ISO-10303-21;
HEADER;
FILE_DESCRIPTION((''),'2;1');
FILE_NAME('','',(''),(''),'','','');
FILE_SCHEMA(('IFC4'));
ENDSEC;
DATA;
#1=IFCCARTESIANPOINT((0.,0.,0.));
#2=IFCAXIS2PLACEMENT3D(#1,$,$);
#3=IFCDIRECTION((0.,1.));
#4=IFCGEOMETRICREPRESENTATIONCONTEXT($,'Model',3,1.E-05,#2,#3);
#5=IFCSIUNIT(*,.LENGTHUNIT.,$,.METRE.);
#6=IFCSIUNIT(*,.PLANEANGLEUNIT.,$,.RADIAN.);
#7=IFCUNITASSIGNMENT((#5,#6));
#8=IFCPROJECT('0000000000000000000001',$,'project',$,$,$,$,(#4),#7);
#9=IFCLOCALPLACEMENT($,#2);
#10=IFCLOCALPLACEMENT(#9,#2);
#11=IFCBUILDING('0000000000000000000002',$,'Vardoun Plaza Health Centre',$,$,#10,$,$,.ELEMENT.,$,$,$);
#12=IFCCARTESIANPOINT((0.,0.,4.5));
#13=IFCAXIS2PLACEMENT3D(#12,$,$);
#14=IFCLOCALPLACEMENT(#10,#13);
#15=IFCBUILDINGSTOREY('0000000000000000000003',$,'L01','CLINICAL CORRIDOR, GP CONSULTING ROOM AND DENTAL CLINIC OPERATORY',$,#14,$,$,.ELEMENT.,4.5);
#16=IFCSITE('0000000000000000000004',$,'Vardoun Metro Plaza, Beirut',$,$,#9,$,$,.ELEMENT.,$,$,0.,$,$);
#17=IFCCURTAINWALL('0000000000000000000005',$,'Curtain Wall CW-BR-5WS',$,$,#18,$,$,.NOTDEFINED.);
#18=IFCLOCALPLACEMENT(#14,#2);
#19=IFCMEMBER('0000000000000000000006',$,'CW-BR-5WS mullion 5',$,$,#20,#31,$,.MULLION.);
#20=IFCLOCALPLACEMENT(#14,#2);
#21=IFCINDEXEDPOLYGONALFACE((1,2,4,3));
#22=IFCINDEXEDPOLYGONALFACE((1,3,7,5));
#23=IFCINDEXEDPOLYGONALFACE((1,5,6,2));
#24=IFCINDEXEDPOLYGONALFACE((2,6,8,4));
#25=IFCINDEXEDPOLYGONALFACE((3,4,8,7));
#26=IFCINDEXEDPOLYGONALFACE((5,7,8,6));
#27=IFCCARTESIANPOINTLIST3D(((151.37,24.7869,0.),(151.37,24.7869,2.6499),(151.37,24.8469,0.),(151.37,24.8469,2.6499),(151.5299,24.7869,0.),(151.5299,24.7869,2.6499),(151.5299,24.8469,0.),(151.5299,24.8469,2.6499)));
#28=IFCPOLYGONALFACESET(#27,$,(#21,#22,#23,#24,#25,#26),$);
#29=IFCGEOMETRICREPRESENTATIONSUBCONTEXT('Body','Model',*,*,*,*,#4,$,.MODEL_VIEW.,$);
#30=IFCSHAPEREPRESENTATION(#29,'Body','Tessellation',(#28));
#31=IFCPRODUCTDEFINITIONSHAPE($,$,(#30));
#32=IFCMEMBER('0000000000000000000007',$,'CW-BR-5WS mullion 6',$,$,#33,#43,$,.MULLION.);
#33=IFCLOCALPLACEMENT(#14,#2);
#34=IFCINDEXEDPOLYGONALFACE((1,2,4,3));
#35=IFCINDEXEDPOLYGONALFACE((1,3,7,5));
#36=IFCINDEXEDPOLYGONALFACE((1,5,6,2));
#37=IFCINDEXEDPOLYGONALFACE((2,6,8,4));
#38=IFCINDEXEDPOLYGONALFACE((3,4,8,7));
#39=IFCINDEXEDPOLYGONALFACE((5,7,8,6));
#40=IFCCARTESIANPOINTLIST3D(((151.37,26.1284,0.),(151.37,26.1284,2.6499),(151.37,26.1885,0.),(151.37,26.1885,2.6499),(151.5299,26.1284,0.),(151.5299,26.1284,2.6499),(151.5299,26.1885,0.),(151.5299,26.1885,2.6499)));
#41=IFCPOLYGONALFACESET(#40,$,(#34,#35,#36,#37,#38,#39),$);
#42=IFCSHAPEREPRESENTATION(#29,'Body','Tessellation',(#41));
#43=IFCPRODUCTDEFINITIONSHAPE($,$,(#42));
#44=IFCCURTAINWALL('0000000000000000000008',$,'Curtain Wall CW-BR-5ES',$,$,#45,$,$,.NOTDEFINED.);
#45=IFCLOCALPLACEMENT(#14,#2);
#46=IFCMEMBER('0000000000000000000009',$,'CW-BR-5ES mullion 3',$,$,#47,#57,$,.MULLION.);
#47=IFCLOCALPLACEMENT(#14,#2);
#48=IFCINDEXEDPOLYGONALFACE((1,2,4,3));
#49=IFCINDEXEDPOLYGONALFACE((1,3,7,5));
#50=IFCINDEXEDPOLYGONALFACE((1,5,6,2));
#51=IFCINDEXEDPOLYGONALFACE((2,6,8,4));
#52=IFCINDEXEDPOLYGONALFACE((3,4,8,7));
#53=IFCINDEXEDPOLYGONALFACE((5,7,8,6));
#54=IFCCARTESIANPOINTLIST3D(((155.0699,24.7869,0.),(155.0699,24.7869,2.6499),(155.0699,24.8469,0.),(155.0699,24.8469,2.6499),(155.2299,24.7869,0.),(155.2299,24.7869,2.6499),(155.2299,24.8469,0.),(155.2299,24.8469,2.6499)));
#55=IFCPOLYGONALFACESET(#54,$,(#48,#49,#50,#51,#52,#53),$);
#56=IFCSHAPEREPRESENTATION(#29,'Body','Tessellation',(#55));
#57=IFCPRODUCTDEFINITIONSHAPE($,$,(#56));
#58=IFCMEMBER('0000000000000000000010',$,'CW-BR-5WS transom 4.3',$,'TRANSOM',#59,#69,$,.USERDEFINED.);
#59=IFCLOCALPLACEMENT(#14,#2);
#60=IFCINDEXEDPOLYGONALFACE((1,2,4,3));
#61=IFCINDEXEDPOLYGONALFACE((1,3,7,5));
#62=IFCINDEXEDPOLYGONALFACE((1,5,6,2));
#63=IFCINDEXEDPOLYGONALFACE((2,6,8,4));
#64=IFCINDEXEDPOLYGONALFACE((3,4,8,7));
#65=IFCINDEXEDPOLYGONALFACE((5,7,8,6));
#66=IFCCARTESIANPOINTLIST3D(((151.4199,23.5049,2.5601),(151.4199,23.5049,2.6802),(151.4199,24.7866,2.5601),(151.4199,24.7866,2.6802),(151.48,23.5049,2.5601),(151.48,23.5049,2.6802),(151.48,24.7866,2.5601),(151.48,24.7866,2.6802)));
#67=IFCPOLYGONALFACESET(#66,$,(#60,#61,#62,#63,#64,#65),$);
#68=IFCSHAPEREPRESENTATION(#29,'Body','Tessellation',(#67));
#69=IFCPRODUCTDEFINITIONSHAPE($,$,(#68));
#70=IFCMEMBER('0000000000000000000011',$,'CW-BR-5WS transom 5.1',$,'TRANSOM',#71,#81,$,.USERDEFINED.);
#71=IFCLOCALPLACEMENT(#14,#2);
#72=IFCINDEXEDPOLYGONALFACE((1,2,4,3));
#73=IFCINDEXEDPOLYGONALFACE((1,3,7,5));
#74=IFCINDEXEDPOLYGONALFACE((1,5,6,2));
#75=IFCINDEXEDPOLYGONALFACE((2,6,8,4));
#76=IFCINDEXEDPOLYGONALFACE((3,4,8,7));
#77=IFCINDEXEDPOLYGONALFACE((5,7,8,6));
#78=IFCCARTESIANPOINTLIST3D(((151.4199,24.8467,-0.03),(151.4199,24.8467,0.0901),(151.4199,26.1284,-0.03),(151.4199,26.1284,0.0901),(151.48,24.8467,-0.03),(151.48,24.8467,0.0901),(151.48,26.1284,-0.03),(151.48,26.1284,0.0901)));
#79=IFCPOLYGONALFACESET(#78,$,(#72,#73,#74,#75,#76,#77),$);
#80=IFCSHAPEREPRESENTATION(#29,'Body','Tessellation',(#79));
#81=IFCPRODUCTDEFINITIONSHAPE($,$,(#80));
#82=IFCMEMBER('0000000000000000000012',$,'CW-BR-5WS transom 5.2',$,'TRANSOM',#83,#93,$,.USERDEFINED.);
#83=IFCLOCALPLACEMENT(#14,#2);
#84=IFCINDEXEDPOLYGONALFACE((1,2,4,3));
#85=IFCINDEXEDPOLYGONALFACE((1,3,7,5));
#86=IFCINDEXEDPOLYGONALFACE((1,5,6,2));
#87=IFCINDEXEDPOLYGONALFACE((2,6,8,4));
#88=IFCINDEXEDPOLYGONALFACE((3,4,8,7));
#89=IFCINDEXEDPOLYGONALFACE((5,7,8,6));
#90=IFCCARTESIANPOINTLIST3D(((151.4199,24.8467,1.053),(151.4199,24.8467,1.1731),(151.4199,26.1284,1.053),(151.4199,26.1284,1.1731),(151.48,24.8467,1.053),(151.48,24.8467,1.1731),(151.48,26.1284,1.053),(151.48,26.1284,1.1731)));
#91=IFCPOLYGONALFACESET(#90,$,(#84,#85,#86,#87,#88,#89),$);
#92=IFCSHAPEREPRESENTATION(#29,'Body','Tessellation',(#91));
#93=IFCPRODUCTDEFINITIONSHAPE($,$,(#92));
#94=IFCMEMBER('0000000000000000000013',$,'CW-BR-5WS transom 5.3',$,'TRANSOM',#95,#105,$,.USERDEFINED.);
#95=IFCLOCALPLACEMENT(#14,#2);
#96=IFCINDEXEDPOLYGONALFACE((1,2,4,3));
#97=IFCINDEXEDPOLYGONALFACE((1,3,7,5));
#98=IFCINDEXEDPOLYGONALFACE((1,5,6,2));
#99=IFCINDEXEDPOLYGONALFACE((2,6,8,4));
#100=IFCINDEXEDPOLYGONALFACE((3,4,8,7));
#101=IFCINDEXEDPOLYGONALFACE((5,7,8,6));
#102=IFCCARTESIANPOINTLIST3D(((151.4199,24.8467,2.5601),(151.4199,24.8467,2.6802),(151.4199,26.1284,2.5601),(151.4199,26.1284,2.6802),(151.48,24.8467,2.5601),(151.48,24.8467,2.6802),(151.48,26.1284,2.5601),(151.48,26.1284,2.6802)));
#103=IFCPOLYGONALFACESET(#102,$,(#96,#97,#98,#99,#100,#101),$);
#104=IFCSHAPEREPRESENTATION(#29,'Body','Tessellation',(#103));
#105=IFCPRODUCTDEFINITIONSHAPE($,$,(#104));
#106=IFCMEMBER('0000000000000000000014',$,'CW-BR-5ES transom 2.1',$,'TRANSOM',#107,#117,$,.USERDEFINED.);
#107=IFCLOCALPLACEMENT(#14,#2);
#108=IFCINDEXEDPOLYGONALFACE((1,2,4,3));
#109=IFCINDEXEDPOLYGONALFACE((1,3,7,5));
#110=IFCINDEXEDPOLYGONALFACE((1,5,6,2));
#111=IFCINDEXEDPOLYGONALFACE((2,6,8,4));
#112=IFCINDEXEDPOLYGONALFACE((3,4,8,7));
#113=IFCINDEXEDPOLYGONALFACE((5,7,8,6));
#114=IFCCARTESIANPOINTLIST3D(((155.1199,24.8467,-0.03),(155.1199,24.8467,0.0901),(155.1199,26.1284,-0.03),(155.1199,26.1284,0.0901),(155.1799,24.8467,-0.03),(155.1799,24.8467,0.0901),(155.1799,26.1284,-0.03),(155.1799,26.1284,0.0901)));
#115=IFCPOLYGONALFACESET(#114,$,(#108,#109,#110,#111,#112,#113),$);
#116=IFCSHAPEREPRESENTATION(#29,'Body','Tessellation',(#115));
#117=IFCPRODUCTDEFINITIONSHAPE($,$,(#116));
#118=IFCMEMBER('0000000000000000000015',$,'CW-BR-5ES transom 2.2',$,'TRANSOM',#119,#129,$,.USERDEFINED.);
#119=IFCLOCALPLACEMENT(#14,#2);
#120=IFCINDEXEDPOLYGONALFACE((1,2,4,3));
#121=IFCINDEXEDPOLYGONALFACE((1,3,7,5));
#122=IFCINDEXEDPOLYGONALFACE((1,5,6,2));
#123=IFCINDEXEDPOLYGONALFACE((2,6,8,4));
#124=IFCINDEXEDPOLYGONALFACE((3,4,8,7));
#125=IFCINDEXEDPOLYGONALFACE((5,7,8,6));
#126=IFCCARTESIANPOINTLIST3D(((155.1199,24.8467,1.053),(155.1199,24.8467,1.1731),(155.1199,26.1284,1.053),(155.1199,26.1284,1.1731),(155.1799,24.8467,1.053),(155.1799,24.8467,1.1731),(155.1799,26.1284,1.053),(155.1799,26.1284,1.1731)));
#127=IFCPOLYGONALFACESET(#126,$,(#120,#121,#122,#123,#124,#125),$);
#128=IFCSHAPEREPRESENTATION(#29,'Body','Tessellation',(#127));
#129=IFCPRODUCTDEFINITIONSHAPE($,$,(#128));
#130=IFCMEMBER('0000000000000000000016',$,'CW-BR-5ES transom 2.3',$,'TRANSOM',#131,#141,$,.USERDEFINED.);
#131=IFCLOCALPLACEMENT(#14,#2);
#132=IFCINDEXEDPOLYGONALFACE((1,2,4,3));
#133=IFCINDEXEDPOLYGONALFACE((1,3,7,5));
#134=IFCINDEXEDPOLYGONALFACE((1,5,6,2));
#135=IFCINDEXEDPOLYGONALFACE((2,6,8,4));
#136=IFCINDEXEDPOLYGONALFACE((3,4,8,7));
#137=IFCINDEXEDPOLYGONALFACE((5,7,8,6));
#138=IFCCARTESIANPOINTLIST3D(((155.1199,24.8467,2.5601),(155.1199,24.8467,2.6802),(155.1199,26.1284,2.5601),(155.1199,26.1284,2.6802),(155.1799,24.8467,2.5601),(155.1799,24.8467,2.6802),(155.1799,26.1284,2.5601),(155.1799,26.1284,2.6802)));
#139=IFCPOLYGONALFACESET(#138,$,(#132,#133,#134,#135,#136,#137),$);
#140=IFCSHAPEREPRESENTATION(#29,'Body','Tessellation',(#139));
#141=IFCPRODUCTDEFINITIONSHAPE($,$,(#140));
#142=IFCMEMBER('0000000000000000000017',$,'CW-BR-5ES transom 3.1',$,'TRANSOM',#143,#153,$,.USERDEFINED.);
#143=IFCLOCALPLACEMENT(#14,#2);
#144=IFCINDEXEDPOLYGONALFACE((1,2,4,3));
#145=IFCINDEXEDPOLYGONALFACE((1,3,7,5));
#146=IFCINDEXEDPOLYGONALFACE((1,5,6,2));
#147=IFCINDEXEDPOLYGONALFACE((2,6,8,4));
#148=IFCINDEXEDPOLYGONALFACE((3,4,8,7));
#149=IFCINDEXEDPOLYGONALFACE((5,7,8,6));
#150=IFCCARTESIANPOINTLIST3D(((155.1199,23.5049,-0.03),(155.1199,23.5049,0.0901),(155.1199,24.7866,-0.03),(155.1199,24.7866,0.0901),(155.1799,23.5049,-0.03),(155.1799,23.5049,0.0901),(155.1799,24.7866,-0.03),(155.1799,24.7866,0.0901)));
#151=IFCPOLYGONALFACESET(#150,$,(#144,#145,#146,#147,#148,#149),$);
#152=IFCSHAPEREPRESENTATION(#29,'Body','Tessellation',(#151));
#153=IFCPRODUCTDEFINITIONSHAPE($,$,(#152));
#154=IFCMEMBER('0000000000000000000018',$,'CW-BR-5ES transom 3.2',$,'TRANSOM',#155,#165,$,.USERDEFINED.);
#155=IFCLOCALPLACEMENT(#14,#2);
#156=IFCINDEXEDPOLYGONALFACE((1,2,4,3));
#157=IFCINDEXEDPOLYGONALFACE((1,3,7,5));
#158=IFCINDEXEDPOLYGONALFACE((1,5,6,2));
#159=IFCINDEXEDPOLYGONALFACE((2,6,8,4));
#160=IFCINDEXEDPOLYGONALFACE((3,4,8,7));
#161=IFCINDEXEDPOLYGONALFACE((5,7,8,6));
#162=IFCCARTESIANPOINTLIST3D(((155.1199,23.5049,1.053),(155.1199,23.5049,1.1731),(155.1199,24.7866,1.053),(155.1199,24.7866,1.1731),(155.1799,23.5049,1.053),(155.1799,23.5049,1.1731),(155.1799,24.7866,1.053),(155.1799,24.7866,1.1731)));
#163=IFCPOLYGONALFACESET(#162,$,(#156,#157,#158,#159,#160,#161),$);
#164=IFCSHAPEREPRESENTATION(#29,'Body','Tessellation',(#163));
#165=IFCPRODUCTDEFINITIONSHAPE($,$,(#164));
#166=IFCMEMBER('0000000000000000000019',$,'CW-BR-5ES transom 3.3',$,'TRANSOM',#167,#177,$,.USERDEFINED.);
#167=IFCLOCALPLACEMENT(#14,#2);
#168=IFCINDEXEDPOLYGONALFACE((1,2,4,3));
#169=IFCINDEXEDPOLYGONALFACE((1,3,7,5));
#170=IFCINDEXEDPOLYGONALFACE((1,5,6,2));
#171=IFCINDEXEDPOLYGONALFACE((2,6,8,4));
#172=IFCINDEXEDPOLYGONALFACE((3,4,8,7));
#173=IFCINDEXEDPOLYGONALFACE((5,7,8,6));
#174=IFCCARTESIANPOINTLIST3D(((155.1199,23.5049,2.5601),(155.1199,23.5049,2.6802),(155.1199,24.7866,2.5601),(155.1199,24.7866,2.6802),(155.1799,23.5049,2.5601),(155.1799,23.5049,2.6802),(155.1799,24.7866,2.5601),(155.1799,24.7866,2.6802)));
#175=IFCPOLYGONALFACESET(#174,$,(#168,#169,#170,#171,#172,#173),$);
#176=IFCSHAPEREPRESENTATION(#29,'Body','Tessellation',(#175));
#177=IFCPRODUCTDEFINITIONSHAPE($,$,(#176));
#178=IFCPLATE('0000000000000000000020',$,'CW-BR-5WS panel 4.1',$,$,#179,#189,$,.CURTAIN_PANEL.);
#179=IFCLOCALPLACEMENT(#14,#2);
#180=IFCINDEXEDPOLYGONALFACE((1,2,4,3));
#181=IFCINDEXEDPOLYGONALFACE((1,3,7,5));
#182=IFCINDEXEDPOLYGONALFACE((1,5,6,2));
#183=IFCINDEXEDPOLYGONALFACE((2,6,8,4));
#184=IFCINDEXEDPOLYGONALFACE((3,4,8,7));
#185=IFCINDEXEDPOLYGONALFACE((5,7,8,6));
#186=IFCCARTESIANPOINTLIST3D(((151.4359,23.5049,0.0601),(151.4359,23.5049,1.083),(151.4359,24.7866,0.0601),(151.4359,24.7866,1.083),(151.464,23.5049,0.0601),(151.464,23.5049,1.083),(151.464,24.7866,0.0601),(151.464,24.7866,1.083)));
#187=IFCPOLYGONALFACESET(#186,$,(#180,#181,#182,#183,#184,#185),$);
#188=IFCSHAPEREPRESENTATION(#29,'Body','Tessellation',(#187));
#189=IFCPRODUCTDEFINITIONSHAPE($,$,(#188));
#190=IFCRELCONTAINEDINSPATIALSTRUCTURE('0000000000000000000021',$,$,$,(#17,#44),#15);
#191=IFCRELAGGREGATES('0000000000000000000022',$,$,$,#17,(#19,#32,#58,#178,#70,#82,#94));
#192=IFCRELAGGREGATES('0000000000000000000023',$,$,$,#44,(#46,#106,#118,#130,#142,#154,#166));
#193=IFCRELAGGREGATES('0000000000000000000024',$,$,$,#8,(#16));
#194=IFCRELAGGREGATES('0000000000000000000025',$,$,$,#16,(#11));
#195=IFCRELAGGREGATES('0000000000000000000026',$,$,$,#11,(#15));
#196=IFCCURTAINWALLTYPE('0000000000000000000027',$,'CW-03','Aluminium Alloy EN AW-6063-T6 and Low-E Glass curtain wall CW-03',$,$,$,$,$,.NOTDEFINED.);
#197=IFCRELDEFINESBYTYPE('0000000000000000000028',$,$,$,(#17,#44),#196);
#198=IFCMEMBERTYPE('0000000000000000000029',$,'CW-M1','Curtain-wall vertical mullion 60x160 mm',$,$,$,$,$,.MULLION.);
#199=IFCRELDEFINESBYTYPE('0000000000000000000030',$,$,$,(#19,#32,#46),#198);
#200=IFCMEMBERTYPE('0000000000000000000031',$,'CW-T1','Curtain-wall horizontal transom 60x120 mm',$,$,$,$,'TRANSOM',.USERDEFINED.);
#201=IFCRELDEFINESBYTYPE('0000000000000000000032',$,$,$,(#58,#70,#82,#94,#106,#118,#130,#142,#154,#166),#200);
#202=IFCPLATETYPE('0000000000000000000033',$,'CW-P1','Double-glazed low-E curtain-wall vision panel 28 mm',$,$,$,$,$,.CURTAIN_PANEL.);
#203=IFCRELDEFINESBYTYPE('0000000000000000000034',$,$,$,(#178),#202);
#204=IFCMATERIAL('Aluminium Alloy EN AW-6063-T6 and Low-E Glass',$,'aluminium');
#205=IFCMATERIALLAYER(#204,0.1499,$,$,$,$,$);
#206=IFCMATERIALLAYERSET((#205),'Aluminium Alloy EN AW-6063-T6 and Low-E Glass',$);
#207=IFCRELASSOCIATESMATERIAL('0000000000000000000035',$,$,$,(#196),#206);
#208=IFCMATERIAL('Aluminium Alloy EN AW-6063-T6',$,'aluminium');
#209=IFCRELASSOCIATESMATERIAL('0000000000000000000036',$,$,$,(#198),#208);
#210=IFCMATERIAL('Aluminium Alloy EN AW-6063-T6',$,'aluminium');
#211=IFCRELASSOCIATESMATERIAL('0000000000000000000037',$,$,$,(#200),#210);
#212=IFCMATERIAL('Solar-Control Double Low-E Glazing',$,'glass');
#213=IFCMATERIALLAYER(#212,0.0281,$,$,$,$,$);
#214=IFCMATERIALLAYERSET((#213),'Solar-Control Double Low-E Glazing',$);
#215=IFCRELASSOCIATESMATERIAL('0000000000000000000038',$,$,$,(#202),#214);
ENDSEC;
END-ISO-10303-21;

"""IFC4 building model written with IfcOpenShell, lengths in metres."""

from ifc_helpers import new_model, si_unit, direction, frame, origin, origin_2d, place, context, subcontext, project, spatial, rectangle, extrude, material, layer, layer_set, material_profile, profile_set, type_object, element, aggregate, save


model = new_model("IFC4")

# Units and contexts
model_context = context("Model", 3, precision=1e-05, world=origin(), true_north=direction((0.0, 1.0)))
body_context = subcontext(model_context, "Body", "Model", "MODEL_VIEW")
ifc_project = project(units=[si_unit("LENGTHUNIT", "METRE"), si_unit("PLANEANGLEUNIT", "RADIAN")], contexts=[model_context])

# Site, building, storey
site_placement = place(None, origin())
site = spatial("IfcSite", under=ifc_project, at=site_placement, Name="Vardoun Metro Plaza, Beirut", CompositionType="ELEMENT", RefElevation=0.0)
building_placement = place(site_placement, origin())
building = spatial("IfcBuilding", under=site, at=building_placement, Name="Vardoun Plaza Health Centre", CompositionType="ELEMENT")
storey_placement = place(building_placement, frame((0.0, 0.0, 4.5)))
storey = spatial("IfcBuildingStorey", under=building, at=storey_placement, Name="L01", Description="CLINICAL CORRIDOR, GP CONSULTING ROOM AND DENTAL CLINIC OPERATORY", CompositionType="ELEMENT", Elevation=4.5)

# Curtain wall, members
ifc_material_1 = material(Name="Aluminium Alloy EN AW-6063-T6 and Low-E Glass", Category="aluminium")
ifc_layer_1 = layer(ifc_material_1, 0.1499)
ifc_layer_set_1 = layer_set([ifc_layer_1], Name="Aluminium Alloy EN AW-6063-T6 and Low-E Glass")
curtain_wall_type = type_object("IfcCurtainWallType", Name="CW-03", Description="Aluminium Alloy EN AW-6063-T6 and Low-E Glass curtain wall CW-03", PredefinedType="NOTDEFINED", material=ifc_layer_set_1)
curtain_wall_1_placement = place(storey_placement, origin())
curtain_wall_1 = element("IfcCurtainWall", 1, at=curtain_wall_1_placement, inside=storey, type_object=curtain_wall_type, Name="Curtain Wall CW-BR-5WS", PredefinedType="NOTDEFINED")
ifc_material_2 = material(Name="Aluminium Alloy EN AW-6063-T6", Category="aluminium")
ifc_material_profile_1 = material_profile(ifc_material_2, rectangle(XDim=0.1599, YDim=0.0601, at=origin_2d()), Name="CWM 60x160")
ifc_profile_set_1 = profile_set([ifc_material_profile_1], Name="Aluminium Alloy EN AW-6063-T6")
member_type_1 = type_object("IfcMemberType", Name="CW-M1", Description="Curtain-wall vertical mullion 60x160 mm", PredefinedType="MULLION", material=ifc_profile_set_1)
member_1_placement = place(storey_placement, frame((151.45, 24.8169, 0.0), z_axis=(0.0, 0.0, 1.0), x_axis=(-1.0, 0.0, 0.0)))
member_1 = element("IfcMember", 2, at=member_1_placement, type_object=member_type_1, Name="CW-BR-5WS mullion 5", PredefinedType="MULLION", context=body_context, shape_type="SweptSolid", body=[
    extrude(rectangle(XDim=0.1599, YDim=0.0601, at=origin_2d()), origin(), (0.0, 0.0, 1.0), 2.6499),
])
member_2_placement = place(storey_placement, frame((151.45, 26.1584, 0.0), z_axis=(0.0, 0.0, 1.0), x_axis=(-1.0, 0.0, 0.0)))
member_2 = element("IfcMember", 3, at=member_2_placement, type_object=member_type_1, Name="CW-BR-5WS mullion 6", PredefinedType="MULLION", context=body_context, shape_type="SweptSolid", body=[
    extrude(rectangle(XDim=0.1599, YDim=0.0601, at=origin_2d()), origin(), (0.0, 0.0, 1.0), 2.6499),
])

# Curtain wall, member
curtain_wall_2_placement = place(storey_placement, origin())
curtain_wall_2 = element("IfcCurtainWall", 4, at=curtain_wall_2_placement, inside=storey, type_object=curtain_wall_type, Name="Curtain Wall CW-BR-5ES", PredefinedType="NOTDEFINED")
member_3_placement = place(storey_placement, frame((155.1499, 24.8169, 0.0), z_axis=(0.0, 0.0, 1.0), x_axis=(1.0, 0.0, 0.0)))
member_3 = element("IfcMember", 5, at=member_3_placement, type_object=member_type_1, Name="CW-BR-5ES mullion 3", PredefinedType="MULLION", context=body_context, shape_type="SweptSolid", body=[
    extrude(rectangle(XDim=0.1599, YDim=0.0601, at=origin_2d()), origin(), (0.0, 0.0, 1.0), 2.6499),
])

# Members
ifc_material_3 = material(Name="Aluminium Alloy EN AW-6063-T6", Category="aluminium")
ifc_material_profile_2 = material_profile(ifc_material_3, rectangle(XDim=0.0601, YDim=0.1201, at=origin_2d()), Name="CWT 60x120")
ifc_profile_set_2 = profile_set([ifc_material_profile_2], Name="Aluminium Alloy EN AW-6063-T6")
member_type_2 = type_object("IfcMemberType", Name="CW-T1", Description="Curtain-wall horizontal transom 60x120 mm", ElementType="TRANSOM", PredefinedType="USERDEFINED", material=ifc_profile_set_2)
member_4_placement = place(storey_placement, frame((151.45, 23.5049, 2.6201), z_axis=(0.0, 1.0, 0.0), x_axis=(-1.0, 0.0, 0.0)))
member_4 = element("IfcMember", 6, at=member_4_placement, type_object=member_type_2, Name="CW-BR-5WS transom 4.3", ObjectType="TRANSOM", PredefinedType="USERDEFINED", context=body_context, shape_type="SweptSolid", body=[
    extrude(rectangle(XDim=0.0601, YDim=0.1201, at=origin_2d()), origin(), (0.0, 0.0, 1.0), 1.2817),
])
member_5_placement = place(storey_placement, frame((151.45, 24.8467, 0.03), z_axis=(0.0, 1.0, 0.0), x_axis=(-1.0, 0.0, 0.0)))
member_5 = element("IfcMember", 7, at=member_5_placement, type_object=member_type_2, Name="CW-BR-5WS transom 5.1", ObjectType="TRANSOM", PredefinedType="USERDEFINED", context=body_context, shape_type="SweptSolid", body=[
    extrude(rectangle(XDim=0.0601, YDim=0.1201, at=origin_2d()), origin(), (0.0, 0.0, 1.0), 1.2817),
])
member_6_placement = place(storey_placement, frame((151.45, 24.8467, 1.113), z_axis=(0.0, 1.0, 0.0), x_axis=(-1.0, 0.0, 0.0)))
member_6 = element("IfcMember", 8, at=member_6_placement, type_object=member_type_2, Name="CW-BR-5WS transom 5.2", ObjectType="TRANSOM", PredefinedType="USERDEFINED", context=body_context, shape_type="SweptSolid", body=[
    extrude(rectangle(XDim=0.0601, YDim=0.1201, at=origin_2d()), origin(), (0.0, 0.0, 1.0), 1.2817),
])
member_7_placement = place(storey_placement, frame((151.45, 24.8467, 2.6201), z_axis=(0.0, 1.0, 0.0), x_axis=(-1.0, 0.0, 0.0)))
member_7 = element("IfcMember", 9, at=member_7_placement, type_object=member_type_2, Name="CW-BR-5WS transom 5.3", ObjectType="TRANSOM", PredefinedType="USERDEFINED", context=body_context, shape_type="SweptSolid", body=[
    extrude(rectangle(XDim=0.0601, YDim=0.1201, at=origin_2d()), origin(), (0.0, 0.0, 1.0), 1.2817),
])
member_8_placement = place(storey_placement, frame((155.1499, 26.1284, 0.03), z_axis=(0.0, -1.0, 0.0), x_axis=(1.0, 0.0, 0.0)))
member_8 = element("IfcMember", 10, at=member_8_placement, type_object=member_type_2, Name="CW-BR-5ES transom 2.1", ObjectType="TRANSOM", PredefinedType="USERDEFINED", context=body_context, shape_type="SweptSolid", body=[
    extrude(rectangle(XDim=0.0601, YDim=0.1201, at=origin_2d()), origin(), (0.0, 0.0, 1.0), 1.2817),
])
member_9_placement = place(storey_placement, frame((155.1499, 26.1284, 1.113), z_axis=(0.0, -1.0, 0.0), x_axis=(1.0, 0.0, 0.0)))
member_9 = element("IfcMember", 11, at=member_9_placement, type_object=member_type_2, Name="CW-BR-5ES transom 2.2", ObjectType="TRANSOM", PredefinedType="USERDEFINED", context=body_context, shape_type="SweptSolid", body=[
    extrude(rectangle(XDim=0.0601, YDim=0.1201, at=origin_2d()), origin(), (0.0, 0.0, 1.0), 1.2817),
])
member_10_placement = place(storey_placement, frame((155.1499, 26.1284, 2.6201), z_axis=(0.0, -1.0, 0.0), x_axis=(1.0, 0.0, 0.0)))
member_10 = element("IfcMember", 12, at=member_10_placement, type_object=member_type_2, Name="CW-BR-5ES transom 2.3", ObjectType="TRANSOM", PredefinedType="USERDEFINED", context=body_context, shape_type="SweptSolid", body=[
    extrude(rectangle(XDim=0.0601, YDim=0.1201, at=origin_2d()), origin(), (0.0, 0.0, 1.0), 1.2817),
])
member_11_placement = place(storey_placement, frame((155.1499, 24.7866, 0.03), z_axis=(0.0, -1.0, 0.0), x_axis=(1.0, 0.0, 0.0)))
member_11 = element("IfcMember", 13, at=member_11_placement, type_object=member_type_2, Name="CW-BR-5ES transom 3.1", ObjectType="TRANSOM", PredefinedType="USERDEFINED", context=body_context, shape_type="SweptSolid", body=[
    extrude(rectangle(XDim=0.0601, YDim=0.1201, at=origin_2d()), origin(), (0.0, 0.0, 1.0), 1.2817),
])
member_12_placement = place(storey_placement, frame((155.1499, 24.7866, 1.113), z_axis=(0.0, -1.0, 0.0), x_axis=(1.0, 0.0, 0.0)))
member_12 = element("IfcMember", 14, at=member_12_placement, type_object=member_type_2, Name="CW-BR-5ES transom 3.2", ObjectType="TRANSOM", PredefinedType="USERDEFINED", context=body_context, shape_type="SweptSolid", body=[
    extrude(rectangle(XDim=0.0601, YDim=0.1201, at=origin_2d()), origin(), (0.0, 0.0, 1.0), 1.2817),
])
member_13_placement = place(storey_placement, frame((155.1499, 24.7866, 2.6201), z_axis=(0.0, -1.0, 0.0), x_axis=(1.0, 0.0, 0.0)))
member_13 = element("IfcMember", 15, at=member_13_placement, type_object=member_type_2, Name="CW-BR-5ES transom 3.3", ObjectType="TRANSOM", PredefinedType="USERDEFINED", context=body_context, shape_type="SweptSolid", body=[
    extrude(rectangle(XDim=0.0601, YDim=0.1201, at=origin_2d()), origin(), (0.0, 0.0, 1.0), 1.2817),
])

# Plate
ifc_material_4 = material(Name="Solar-Control Double Low-E Glazing", Category="glass")
ifc_layer_2 = layer(ifc_material_4, 0.0281)
ifc_layer_set_2 = layer_set([ifc_layer_2], Name="Solar-Control Double Low-E Glazing")
plate_type = type_object("IfcPlateType", Name="CW-P1", Description="Double-glazed low-E curtain-wall vision panel 28 mm", PredefinedType="CURTAIN_PANEL", material=ifc_layer_set_2)
plate_1_placement = place(storey_placement, frame((151.45, 24.1458, 0.0601), z_axis=(0.0, 0.0, 1.0), x_axis=(0.0, 1.0, 0.0)))
plate_1 = element("IfcPlate", 16, at=plate_1_placement, type_object=plate_type, Name="CW-BR-5WS panel 4.1", PredefinedType="CURTAIN_PANEL", context=body_context, shape_type="SweptSolid", body=[
    extrude(rectangle(XDim=1.2817, YDim=0.0281, at=origin_2d()), origin(), (0.0, 0.0, 1.0), 1.0229),
])
aggregate(curtain_wall_1, [member_1, member_2, member_4, plate_1, member_5, member_6, member_7])
aggregate(curtain_wall_2, [member_3, member_8, member_9, member_10, member_11, member_12, member_13])

save(model, "model.ifc")
